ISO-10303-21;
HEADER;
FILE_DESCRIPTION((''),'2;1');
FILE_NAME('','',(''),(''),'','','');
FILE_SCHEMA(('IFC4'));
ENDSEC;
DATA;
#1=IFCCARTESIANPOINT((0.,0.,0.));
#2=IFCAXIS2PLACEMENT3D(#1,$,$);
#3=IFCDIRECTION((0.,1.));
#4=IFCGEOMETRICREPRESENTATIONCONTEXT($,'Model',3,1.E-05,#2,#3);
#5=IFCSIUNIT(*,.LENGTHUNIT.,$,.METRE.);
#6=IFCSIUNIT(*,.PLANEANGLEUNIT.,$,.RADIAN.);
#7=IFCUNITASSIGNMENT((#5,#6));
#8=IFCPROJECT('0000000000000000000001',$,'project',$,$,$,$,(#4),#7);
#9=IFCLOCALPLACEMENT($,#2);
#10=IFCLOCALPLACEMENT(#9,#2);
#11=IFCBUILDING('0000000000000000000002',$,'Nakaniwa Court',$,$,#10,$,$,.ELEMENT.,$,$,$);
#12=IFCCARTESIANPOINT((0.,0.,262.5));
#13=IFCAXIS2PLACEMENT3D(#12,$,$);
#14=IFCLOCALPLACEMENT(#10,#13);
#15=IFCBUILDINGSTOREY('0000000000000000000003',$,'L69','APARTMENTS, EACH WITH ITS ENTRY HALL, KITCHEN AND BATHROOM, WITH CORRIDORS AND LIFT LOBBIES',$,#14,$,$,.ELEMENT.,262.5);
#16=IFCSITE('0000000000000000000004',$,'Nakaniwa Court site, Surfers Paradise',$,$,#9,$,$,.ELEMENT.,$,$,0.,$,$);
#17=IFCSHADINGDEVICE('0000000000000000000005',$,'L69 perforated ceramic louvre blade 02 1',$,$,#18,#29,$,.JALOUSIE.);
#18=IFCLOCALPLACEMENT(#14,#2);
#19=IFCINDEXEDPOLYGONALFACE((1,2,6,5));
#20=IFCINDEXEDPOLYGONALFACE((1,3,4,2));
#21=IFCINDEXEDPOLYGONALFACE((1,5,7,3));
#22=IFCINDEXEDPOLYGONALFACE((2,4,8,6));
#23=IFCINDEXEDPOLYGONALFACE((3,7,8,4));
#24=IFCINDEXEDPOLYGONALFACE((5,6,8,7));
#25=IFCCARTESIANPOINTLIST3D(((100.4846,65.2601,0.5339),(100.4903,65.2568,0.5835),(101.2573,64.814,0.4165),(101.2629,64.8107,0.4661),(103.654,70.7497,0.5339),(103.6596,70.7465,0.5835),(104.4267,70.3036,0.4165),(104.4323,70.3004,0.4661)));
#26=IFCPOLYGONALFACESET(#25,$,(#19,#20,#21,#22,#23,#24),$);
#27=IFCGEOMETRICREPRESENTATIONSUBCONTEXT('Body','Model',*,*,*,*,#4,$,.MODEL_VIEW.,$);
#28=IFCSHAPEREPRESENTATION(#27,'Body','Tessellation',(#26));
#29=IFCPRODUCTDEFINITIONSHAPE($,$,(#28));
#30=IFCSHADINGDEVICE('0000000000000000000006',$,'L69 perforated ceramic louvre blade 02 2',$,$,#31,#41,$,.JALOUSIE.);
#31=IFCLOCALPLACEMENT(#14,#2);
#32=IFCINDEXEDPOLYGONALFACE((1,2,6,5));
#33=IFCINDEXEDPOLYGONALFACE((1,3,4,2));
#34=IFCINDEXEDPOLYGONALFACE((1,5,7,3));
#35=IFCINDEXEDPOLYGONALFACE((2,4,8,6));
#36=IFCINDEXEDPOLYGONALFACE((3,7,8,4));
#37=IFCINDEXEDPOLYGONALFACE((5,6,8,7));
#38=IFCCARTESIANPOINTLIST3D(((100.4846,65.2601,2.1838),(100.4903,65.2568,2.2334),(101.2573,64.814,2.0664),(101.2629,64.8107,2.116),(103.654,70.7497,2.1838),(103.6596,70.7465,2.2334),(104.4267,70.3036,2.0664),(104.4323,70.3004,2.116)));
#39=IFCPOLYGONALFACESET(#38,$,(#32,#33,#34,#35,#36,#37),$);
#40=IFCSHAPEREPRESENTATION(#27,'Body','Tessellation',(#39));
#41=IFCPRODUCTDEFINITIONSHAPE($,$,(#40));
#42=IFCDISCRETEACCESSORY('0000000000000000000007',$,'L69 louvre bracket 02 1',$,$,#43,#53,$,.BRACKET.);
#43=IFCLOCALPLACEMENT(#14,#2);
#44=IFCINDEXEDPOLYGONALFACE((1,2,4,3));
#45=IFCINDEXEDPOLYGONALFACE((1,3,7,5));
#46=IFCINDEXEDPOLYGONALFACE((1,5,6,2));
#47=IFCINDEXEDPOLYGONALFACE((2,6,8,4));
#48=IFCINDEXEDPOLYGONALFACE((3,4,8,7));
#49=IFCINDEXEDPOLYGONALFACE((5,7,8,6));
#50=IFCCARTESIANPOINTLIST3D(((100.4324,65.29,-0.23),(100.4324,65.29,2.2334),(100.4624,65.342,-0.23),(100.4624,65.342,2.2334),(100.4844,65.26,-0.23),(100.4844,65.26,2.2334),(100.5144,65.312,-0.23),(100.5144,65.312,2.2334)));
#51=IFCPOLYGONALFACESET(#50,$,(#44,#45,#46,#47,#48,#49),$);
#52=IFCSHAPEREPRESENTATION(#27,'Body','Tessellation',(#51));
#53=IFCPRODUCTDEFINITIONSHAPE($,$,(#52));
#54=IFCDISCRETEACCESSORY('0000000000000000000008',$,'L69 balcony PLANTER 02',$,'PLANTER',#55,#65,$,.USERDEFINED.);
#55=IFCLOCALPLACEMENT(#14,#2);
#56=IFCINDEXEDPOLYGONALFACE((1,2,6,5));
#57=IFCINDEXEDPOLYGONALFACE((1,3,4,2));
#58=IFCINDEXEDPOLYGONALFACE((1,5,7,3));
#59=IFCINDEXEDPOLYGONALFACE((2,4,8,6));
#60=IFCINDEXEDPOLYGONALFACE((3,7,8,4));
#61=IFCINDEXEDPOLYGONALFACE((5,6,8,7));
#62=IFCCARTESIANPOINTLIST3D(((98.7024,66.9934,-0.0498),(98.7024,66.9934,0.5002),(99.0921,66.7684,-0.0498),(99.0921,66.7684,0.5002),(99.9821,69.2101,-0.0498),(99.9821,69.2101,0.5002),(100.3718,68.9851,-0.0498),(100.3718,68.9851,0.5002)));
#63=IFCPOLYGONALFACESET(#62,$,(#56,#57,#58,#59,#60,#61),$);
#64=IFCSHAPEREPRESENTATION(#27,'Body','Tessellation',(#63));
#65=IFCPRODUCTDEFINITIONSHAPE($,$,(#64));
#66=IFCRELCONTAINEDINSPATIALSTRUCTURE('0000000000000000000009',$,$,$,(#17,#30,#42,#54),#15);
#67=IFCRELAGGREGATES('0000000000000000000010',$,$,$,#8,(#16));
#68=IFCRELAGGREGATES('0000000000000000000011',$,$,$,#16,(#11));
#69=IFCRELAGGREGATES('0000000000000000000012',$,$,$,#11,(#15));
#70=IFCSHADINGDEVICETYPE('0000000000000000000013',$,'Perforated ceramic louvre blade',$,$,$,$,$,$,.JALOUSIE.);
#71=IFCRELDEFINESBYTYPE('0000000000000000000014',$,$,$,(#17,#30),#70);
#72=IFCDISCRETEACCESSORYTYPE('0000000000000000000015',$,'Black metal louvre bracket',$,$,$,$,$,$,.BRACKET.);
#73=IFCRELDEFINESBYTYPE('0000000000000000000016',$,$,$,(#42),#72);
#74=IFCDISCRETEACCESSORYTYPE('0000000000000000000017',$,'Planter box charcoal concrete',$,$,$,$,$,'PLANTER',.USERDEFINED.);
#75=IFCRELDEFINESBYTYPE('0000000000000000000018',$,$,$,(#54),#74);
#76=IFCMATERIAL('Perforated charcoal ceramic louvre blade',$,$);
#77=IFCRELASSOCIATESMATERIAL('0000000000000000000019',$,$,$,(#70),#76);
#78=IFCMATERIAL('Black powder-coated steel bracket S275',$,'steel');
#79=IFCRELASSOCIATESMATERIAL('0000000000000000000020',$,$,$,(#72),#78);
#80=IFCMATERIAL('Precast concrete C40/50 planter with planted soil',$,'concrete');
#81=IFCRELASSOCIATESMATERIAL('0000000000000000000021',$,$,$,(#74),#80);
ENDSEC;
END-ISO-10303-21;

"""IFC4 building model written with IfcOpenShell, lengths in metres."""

from ifc_helpers import new_model, si_unit, direction, frame, origin, origin_2d, place, context, subcontext, project, spatial, rectangle, extrude, material, material_profile, profile_set, type_object, element, save


model = new_model("IFC4")

# Units and contexts
model_context = context("Model", 3, precision=1e-05, world=origin(), true_north=direction((0.0, 1.0)))
body_context = subcontext(model_context, "Body", "Model", "MODEL_VIEW")
ifc_project = project(units=[si_unit("LENGTHUNIT", "METRE"), si_unit("PLANEANGLEUNIT", "RADIAN")], contexts=[model_context])

# Site, building, storey
site_placement = place(None, origin())
site = spatial("IfcSite", under=ifc_project, at=site_placement, Name="Nakaniwa Court site, Surfers Paradise", CompositionType="ELEMENT", RefElevation=0.0)
building_placement = place(site_placement, origin())
building = spatial("IfcBuilding", under=site, at=building_placement, Name="Nakaniwa Court", CompositionType="ELEMENT")
storey_placement = place(building_placement, frame((0.0, 0.0, 262.5)))
storey = spatial("IfcBuildingStorey", under=building, at=storey_placement, Name="L69", Description="APARTMENTS, EACH WITH ITS ENTRY HALL, KITCHEN AND BATHROOM, WITH CORRIDORS AND LIFT LOBBIES", CompositionType="ELEMENT", Elevation=262.5)

# Shading devices
ifc_material_1 = material(Name="Perforated charcoal ceramic louvre blade")
ifc_material_profile_1 = material_profile(ifc_material_1, rectangle(XDim=0.8999, YDim=0.05, at=origin_2d()), Name="Perforated ceramic louvre blade")
ifc_profile_set_1 = profile_set([ifc_material_profile_1], Name="Perforated charcoal ceramic louvre blade")
shading_device_type_1 = type_object("IfcShadingDeviceType", Name="Perforated ceramic louvre blade", PredefinedType="JALOUSIE", material=ifc_profile_set_1)
for number, where, z_axis, x_axis, name in (
    (1, (100.8738, 65.0354, 0.5), (0.499991, 0.86603, 0.0), (-0.858621, 0.495714, 0.130526), "L69 perforated ceramic louvre blade 02 1"),
    (2, (100.8738, 65.0354, 2.1499), (0.499991, 0.86603, 0.0), (-0.858621, 0.495714, 0.130526), "L69 perforated ceramic louvre blade 02 2"),
):
    element("IfcShadingDevice", number, at=place(storey_placement, frame(where, z_axis=z_axis, x_axis=x_axis)), inside=storey, type_object=shading_device_type_1, Name=name, PredefinedType="JALOUSIE", context=body_context, shape_type="SweptSolid", body=[
        extrude(rectangle(XDim=0.8999, YDim=0.05, at=origin_2d()), origin(), (0.0, 0.0, 1.0), 6.3389),
    ])

# Discrete accessories
ifc_material_2 = material(Name="Black powder-coated steel bracket S275", Category="steel")
discrete_accessory_type_1 = type_object("IfcDiscreteAccessoryType", Name="Black metal louvre bracket", PredefinedType="BRACKET", material=ifc_material_2)
discrete_accessory_1_placement = place(storey_placement, frame((100.4734, 65.301, -0.23), z_axis=(0.0, 0.0, 1.0), x_axis=(0.499986, 0.866033, 0.0)))
element("IfcDiscreteAccessory", 3, at=discrete_accessory_1_placement, inside=storey, type_object=discrete_accessory_type_1, Name="L69 louvre bracket 02 1", PredefinedType="BRACKET", context=body_context, shape_type="SweptSolid", body=[
    extrude(rectangle(XDim=0.0601, YDim=0.0601, at=origin_2d()), origin(), (0.0, 0.0, 1.0), 2.4634),
])
ifc_material_3 = material(Name="Precast concrete C40/50 planter with planted soil", Category="concrete")
discrete_accessory_type_2 = type_object("IfcDiscreteAccessoryType", Name="Planter box charcoal concrete", ElementType="PLANTER", PredefinedType="USERDEFINED", material=ifc_material_3)
discrete_accessory_2_placement = place(storey_placement, frame((99.5371, 67.9893, -0.0498), z_axis=(0.0, 0.0, 1.0), x_axis=(0.499986, 0.866033, 0.0)))
element("IfcDiscreteAccessory", 4, at=discrete_accessory_2_placement, inside=storey, type_object=discrete_accessory_type_2, Name="L69 balcony PLANTER 02", ObjectType="PLANTER", PredefinedType="USERDEFINED", context=body_context, shape_type="SweptSolid", body=[
    extrude(rectangle(XDim=2.5596, YDim=0.45, at=origin_2d()), origin(), (0.0, 0.0, 1.0), 0.55),
])

save(model, "model.ifc")
